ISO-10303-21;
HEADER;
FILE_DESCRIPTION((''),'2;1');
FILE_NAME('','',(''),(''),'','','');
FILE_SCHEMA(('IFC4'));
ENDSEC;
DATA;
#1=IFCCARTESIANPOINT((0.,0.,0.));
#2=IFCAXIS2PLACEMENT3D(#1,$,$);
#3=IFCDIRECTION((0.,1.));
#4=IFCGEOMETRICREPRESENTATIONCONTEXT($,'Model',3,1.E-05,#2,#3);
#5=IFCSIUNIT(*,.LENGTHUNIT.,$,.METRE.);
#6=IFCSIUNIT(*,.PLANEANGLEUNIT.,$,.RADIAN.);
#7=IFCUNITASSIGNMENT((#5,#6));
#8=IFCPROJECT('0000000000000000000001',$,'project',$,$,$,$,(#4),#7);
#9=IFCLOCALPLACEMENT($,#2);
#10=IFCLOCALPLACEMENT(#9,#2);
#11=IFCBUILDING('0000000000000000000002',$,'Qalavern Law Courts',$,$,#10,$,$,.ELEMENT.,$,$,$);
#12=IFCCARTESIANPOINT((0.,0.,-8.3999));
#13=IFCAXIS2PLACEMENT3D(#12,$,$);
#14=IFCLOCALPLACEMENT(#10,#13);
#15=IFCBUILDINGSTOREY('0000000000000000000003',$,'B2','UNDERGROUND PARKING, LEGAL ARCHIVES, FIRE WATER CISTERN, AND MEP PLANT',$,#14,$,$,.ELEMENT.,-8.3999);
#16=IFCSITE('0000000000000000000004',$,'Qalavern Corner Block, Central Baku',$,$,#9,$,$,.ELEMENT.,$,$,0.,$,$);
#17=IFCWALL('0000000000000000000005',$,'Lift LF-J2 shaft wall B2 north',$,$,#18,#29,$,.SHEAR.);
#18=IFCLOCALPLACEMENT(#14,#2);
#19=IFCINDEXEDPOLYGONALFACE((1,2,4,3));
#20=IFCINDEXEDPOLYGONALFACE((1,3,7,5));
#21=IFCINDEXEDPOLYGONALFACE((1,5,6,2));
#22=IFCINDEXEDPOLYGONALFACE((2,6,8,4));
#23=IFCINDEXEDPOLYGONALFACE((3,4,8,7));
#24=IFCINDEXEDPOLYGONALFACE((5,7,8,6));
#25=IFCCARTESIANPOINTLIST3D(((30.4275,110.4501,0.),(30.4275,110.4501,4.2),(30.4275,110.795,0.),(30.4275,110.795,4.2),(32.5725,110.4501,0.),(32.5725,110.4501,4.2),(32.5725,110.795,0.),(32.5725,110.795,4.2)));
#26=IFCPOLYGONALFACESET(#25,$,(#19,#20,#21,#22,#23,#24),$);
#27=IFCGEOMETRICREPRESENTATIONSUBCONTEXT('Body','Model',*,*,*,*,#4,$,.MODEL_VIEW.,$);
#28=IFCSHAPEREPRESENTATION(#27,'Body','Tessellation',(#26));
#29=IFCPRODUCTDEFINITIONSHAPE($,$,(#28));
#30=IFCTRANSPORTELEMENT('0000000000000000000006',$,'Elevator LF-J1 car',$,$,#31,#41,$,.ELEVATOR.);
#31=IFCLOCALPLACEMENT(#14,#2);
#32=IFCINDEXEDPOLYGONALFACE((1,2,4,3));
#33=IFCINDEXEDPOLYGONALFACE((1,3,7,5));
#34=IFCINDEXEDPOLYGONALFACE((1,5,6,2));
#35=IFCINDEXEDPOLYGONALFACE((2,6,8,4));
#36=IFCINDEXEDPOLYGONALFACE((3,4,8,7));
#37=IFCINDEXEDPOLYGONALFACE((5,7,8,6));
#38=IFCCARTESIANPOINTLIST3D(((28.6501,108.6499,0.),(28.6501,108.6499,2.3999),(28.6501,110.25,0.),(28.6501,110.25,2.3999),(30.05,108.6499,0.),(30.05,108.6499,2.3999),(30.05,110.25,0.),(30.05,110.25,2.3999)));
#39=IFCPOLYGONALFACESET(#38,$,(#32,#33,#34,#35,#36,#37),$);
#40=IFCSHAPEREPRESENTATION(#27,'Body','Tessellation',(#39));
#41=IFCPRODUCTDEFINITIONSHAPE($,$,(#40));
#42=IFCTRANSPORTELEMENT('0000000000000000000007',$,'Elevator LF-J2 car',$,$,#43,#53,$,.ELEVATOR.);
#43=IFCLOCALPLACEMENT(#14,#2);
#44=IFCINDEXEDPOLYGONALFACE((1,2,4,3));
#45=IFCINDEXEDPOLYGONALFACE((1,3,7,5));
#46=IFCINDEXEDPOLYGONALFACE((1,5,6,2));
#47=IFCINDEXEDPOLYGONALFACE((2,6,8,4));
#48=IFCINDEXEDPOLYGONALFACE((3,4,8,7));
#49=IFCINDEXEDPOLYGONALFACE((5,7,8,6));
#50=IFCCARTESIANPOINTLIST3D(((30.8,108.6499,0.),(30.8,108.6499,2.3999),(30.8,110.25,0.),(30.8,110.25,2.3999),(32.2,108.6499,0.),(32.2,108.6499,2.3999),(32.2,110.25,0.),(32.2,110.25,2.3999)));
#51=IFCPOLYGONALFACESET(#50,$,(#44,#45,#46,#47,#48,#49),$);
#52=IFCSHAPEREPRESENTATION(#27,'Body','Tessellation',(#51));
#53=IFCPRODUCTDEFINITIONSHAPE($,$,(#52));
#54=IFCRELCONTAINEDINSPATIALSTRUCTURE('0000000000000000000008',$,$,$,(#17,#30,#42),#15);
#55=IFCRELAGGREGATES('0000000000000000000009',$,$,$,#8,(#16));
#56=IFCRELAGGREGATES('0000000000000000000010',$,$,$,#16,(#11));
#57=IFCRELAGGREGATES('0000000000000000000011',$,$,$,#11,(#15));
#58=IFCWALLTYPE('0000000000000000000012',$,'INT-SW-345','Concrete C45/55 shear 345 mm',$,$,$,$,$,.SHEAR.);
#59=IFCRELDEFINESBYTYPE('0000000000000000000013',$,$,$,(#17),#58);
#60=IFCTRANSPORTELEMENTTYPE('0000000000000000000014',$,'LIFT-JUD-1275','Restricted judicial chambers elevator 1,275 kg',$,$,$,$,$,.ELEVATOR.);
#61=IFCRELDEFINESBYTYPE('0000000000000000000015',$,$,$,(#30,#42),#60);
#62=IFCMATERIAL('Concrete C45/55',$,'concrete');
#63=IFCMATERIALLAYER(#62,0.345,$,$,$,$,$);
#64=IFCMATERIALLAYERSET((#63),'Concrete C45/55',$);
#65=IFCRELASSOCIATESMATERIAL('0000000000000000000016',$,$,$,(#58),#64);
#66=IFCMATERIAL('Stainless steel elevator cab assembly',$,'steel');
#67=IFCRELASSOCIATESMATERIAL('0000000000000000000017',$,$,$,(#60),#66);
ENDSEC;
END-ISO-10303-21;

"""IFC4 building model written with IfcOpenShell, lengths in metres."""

from ifc_helpers import new_model, si_unit, direction, frame, frame_2d, origin, origin_2d, place, context, subcontext, project, spatial, rectangle, extrude, material, layer, layer_set, type_object, element, save


model = new_model("IFC4")

# Units and contexts
model_context = context("Model", 3, precision=1e-05, world=origin(), true_north=direction((0.0, 1.0)))
body_context = subcontext(model_context, "Body", "Model", "MODEL_VIEW")
ifc_project = project(units=[si_unit("LENGTHUNIT", "METRE"), si_unit("PLANEANGLEUNIT", "RADIAN")], contexts=[model_context])

# Site, building, storey
site_placement = place(None, origin())
site = spatial("IfcSite", under=ifc_project, at=site_placement, Name="Qalavern Corner Block, Central Baku", CompositionType="ELEMENT", RefElevation=0.0)
building_placement = place(site_placement, origin())
building = spatial("IfcBuilding", under=site, at=building_placement, Name="Qalavern Law Courts", CompositionType="ELEMENT")
storey_placement = place(building_placement, frame((0.0, 0.0, -8.3999)))
storey = spatial("IfcBuildingStorey", under=building, at=storey_placement, Name="B2", Description="UNDERGROUND PARKING, LEGAL ARCHIVES, FIRE WATER CISTERN, AND MEP PLANT", CompositionType="ELEMENT", Elevation=-8.3999)

# Shared definitions
ifc_material_1 = material(Name="Concrete C45/55", Category="concrete")

# Shared definitions
ifc_layer_1 = layer(ifc_material_1, 0.345)
ifc_layer_set_1 = layer_set([ifc_layer_1], Name="Concrete C45/55")
wall_type_1 = type_object("IfcWallType", Name="INT-SW-345", Description="Concrete C45/55 shear 345 mm", PredefinedType="SHEAR", material=ifc_layer_set_1)

# Wall
wall_1_placement = place(storey_placement, frame((32.5725, 110.6226, 0.0), z_axis=(0.0, 0.0, 1.0), x_axis=(-1.0, 0.0, 0.0)))
element("IfcWall", 1, at=wall_1_placement, inside=storey, type_object=wall_type_1, Name="Lift LF-J2 shaft wall B2 north", PredefinedType="SHEAR", context=body_context, shape_type="SweptSolid", body=[
    extrude(rectangle(XDim=2.145, YDim=0.345, at=frame_2d((1.0725, 0.0))), origin(), (0.0, 0.0, 1.0), 4.2),
])

# Transport elements
ifc_material_2 = material(Name="Stainless steel elevator cab assembly", Category="steel")
transport_element_type = type_object("IfcTransportElementType", Name="LIFT-JUD-1275", Description="Restricted judicial chambers elevator 1,275 kg", PredefinedType="ELEVATOR", material=ifc_material_2)
for number, where, z_axis, x_axis, name in (
    (2, (29.3501, 109.45, 0.0), (0.0, 0.0, 1.0), (1.0, 0.0, 0.0), "Elevator LF-J1 car"),
    (3, (31.5, 109.45, 0.0), (0.0, 0.0, 1.0), (1.0, 0.0, 0.0), "Elevator LF-J2 car"),
):
    element("IfcTransportElement", number, at=place(storey_placement, frame(where, z_axis=z_axis, x_axis=x_axis)), inside=storey, type_object=transport_element_type, Name=name, PredefinedType="ELEVATOR", context=body_context, shape_type="SweptSolid", body=[
        extrude(rectangle(XDim=1.3999, YDim=1.6001, at=origin_2d()), origin(), (0.0, 0.0, 1.0), 2.3999),
    ])

save(model, "model.ifc")
